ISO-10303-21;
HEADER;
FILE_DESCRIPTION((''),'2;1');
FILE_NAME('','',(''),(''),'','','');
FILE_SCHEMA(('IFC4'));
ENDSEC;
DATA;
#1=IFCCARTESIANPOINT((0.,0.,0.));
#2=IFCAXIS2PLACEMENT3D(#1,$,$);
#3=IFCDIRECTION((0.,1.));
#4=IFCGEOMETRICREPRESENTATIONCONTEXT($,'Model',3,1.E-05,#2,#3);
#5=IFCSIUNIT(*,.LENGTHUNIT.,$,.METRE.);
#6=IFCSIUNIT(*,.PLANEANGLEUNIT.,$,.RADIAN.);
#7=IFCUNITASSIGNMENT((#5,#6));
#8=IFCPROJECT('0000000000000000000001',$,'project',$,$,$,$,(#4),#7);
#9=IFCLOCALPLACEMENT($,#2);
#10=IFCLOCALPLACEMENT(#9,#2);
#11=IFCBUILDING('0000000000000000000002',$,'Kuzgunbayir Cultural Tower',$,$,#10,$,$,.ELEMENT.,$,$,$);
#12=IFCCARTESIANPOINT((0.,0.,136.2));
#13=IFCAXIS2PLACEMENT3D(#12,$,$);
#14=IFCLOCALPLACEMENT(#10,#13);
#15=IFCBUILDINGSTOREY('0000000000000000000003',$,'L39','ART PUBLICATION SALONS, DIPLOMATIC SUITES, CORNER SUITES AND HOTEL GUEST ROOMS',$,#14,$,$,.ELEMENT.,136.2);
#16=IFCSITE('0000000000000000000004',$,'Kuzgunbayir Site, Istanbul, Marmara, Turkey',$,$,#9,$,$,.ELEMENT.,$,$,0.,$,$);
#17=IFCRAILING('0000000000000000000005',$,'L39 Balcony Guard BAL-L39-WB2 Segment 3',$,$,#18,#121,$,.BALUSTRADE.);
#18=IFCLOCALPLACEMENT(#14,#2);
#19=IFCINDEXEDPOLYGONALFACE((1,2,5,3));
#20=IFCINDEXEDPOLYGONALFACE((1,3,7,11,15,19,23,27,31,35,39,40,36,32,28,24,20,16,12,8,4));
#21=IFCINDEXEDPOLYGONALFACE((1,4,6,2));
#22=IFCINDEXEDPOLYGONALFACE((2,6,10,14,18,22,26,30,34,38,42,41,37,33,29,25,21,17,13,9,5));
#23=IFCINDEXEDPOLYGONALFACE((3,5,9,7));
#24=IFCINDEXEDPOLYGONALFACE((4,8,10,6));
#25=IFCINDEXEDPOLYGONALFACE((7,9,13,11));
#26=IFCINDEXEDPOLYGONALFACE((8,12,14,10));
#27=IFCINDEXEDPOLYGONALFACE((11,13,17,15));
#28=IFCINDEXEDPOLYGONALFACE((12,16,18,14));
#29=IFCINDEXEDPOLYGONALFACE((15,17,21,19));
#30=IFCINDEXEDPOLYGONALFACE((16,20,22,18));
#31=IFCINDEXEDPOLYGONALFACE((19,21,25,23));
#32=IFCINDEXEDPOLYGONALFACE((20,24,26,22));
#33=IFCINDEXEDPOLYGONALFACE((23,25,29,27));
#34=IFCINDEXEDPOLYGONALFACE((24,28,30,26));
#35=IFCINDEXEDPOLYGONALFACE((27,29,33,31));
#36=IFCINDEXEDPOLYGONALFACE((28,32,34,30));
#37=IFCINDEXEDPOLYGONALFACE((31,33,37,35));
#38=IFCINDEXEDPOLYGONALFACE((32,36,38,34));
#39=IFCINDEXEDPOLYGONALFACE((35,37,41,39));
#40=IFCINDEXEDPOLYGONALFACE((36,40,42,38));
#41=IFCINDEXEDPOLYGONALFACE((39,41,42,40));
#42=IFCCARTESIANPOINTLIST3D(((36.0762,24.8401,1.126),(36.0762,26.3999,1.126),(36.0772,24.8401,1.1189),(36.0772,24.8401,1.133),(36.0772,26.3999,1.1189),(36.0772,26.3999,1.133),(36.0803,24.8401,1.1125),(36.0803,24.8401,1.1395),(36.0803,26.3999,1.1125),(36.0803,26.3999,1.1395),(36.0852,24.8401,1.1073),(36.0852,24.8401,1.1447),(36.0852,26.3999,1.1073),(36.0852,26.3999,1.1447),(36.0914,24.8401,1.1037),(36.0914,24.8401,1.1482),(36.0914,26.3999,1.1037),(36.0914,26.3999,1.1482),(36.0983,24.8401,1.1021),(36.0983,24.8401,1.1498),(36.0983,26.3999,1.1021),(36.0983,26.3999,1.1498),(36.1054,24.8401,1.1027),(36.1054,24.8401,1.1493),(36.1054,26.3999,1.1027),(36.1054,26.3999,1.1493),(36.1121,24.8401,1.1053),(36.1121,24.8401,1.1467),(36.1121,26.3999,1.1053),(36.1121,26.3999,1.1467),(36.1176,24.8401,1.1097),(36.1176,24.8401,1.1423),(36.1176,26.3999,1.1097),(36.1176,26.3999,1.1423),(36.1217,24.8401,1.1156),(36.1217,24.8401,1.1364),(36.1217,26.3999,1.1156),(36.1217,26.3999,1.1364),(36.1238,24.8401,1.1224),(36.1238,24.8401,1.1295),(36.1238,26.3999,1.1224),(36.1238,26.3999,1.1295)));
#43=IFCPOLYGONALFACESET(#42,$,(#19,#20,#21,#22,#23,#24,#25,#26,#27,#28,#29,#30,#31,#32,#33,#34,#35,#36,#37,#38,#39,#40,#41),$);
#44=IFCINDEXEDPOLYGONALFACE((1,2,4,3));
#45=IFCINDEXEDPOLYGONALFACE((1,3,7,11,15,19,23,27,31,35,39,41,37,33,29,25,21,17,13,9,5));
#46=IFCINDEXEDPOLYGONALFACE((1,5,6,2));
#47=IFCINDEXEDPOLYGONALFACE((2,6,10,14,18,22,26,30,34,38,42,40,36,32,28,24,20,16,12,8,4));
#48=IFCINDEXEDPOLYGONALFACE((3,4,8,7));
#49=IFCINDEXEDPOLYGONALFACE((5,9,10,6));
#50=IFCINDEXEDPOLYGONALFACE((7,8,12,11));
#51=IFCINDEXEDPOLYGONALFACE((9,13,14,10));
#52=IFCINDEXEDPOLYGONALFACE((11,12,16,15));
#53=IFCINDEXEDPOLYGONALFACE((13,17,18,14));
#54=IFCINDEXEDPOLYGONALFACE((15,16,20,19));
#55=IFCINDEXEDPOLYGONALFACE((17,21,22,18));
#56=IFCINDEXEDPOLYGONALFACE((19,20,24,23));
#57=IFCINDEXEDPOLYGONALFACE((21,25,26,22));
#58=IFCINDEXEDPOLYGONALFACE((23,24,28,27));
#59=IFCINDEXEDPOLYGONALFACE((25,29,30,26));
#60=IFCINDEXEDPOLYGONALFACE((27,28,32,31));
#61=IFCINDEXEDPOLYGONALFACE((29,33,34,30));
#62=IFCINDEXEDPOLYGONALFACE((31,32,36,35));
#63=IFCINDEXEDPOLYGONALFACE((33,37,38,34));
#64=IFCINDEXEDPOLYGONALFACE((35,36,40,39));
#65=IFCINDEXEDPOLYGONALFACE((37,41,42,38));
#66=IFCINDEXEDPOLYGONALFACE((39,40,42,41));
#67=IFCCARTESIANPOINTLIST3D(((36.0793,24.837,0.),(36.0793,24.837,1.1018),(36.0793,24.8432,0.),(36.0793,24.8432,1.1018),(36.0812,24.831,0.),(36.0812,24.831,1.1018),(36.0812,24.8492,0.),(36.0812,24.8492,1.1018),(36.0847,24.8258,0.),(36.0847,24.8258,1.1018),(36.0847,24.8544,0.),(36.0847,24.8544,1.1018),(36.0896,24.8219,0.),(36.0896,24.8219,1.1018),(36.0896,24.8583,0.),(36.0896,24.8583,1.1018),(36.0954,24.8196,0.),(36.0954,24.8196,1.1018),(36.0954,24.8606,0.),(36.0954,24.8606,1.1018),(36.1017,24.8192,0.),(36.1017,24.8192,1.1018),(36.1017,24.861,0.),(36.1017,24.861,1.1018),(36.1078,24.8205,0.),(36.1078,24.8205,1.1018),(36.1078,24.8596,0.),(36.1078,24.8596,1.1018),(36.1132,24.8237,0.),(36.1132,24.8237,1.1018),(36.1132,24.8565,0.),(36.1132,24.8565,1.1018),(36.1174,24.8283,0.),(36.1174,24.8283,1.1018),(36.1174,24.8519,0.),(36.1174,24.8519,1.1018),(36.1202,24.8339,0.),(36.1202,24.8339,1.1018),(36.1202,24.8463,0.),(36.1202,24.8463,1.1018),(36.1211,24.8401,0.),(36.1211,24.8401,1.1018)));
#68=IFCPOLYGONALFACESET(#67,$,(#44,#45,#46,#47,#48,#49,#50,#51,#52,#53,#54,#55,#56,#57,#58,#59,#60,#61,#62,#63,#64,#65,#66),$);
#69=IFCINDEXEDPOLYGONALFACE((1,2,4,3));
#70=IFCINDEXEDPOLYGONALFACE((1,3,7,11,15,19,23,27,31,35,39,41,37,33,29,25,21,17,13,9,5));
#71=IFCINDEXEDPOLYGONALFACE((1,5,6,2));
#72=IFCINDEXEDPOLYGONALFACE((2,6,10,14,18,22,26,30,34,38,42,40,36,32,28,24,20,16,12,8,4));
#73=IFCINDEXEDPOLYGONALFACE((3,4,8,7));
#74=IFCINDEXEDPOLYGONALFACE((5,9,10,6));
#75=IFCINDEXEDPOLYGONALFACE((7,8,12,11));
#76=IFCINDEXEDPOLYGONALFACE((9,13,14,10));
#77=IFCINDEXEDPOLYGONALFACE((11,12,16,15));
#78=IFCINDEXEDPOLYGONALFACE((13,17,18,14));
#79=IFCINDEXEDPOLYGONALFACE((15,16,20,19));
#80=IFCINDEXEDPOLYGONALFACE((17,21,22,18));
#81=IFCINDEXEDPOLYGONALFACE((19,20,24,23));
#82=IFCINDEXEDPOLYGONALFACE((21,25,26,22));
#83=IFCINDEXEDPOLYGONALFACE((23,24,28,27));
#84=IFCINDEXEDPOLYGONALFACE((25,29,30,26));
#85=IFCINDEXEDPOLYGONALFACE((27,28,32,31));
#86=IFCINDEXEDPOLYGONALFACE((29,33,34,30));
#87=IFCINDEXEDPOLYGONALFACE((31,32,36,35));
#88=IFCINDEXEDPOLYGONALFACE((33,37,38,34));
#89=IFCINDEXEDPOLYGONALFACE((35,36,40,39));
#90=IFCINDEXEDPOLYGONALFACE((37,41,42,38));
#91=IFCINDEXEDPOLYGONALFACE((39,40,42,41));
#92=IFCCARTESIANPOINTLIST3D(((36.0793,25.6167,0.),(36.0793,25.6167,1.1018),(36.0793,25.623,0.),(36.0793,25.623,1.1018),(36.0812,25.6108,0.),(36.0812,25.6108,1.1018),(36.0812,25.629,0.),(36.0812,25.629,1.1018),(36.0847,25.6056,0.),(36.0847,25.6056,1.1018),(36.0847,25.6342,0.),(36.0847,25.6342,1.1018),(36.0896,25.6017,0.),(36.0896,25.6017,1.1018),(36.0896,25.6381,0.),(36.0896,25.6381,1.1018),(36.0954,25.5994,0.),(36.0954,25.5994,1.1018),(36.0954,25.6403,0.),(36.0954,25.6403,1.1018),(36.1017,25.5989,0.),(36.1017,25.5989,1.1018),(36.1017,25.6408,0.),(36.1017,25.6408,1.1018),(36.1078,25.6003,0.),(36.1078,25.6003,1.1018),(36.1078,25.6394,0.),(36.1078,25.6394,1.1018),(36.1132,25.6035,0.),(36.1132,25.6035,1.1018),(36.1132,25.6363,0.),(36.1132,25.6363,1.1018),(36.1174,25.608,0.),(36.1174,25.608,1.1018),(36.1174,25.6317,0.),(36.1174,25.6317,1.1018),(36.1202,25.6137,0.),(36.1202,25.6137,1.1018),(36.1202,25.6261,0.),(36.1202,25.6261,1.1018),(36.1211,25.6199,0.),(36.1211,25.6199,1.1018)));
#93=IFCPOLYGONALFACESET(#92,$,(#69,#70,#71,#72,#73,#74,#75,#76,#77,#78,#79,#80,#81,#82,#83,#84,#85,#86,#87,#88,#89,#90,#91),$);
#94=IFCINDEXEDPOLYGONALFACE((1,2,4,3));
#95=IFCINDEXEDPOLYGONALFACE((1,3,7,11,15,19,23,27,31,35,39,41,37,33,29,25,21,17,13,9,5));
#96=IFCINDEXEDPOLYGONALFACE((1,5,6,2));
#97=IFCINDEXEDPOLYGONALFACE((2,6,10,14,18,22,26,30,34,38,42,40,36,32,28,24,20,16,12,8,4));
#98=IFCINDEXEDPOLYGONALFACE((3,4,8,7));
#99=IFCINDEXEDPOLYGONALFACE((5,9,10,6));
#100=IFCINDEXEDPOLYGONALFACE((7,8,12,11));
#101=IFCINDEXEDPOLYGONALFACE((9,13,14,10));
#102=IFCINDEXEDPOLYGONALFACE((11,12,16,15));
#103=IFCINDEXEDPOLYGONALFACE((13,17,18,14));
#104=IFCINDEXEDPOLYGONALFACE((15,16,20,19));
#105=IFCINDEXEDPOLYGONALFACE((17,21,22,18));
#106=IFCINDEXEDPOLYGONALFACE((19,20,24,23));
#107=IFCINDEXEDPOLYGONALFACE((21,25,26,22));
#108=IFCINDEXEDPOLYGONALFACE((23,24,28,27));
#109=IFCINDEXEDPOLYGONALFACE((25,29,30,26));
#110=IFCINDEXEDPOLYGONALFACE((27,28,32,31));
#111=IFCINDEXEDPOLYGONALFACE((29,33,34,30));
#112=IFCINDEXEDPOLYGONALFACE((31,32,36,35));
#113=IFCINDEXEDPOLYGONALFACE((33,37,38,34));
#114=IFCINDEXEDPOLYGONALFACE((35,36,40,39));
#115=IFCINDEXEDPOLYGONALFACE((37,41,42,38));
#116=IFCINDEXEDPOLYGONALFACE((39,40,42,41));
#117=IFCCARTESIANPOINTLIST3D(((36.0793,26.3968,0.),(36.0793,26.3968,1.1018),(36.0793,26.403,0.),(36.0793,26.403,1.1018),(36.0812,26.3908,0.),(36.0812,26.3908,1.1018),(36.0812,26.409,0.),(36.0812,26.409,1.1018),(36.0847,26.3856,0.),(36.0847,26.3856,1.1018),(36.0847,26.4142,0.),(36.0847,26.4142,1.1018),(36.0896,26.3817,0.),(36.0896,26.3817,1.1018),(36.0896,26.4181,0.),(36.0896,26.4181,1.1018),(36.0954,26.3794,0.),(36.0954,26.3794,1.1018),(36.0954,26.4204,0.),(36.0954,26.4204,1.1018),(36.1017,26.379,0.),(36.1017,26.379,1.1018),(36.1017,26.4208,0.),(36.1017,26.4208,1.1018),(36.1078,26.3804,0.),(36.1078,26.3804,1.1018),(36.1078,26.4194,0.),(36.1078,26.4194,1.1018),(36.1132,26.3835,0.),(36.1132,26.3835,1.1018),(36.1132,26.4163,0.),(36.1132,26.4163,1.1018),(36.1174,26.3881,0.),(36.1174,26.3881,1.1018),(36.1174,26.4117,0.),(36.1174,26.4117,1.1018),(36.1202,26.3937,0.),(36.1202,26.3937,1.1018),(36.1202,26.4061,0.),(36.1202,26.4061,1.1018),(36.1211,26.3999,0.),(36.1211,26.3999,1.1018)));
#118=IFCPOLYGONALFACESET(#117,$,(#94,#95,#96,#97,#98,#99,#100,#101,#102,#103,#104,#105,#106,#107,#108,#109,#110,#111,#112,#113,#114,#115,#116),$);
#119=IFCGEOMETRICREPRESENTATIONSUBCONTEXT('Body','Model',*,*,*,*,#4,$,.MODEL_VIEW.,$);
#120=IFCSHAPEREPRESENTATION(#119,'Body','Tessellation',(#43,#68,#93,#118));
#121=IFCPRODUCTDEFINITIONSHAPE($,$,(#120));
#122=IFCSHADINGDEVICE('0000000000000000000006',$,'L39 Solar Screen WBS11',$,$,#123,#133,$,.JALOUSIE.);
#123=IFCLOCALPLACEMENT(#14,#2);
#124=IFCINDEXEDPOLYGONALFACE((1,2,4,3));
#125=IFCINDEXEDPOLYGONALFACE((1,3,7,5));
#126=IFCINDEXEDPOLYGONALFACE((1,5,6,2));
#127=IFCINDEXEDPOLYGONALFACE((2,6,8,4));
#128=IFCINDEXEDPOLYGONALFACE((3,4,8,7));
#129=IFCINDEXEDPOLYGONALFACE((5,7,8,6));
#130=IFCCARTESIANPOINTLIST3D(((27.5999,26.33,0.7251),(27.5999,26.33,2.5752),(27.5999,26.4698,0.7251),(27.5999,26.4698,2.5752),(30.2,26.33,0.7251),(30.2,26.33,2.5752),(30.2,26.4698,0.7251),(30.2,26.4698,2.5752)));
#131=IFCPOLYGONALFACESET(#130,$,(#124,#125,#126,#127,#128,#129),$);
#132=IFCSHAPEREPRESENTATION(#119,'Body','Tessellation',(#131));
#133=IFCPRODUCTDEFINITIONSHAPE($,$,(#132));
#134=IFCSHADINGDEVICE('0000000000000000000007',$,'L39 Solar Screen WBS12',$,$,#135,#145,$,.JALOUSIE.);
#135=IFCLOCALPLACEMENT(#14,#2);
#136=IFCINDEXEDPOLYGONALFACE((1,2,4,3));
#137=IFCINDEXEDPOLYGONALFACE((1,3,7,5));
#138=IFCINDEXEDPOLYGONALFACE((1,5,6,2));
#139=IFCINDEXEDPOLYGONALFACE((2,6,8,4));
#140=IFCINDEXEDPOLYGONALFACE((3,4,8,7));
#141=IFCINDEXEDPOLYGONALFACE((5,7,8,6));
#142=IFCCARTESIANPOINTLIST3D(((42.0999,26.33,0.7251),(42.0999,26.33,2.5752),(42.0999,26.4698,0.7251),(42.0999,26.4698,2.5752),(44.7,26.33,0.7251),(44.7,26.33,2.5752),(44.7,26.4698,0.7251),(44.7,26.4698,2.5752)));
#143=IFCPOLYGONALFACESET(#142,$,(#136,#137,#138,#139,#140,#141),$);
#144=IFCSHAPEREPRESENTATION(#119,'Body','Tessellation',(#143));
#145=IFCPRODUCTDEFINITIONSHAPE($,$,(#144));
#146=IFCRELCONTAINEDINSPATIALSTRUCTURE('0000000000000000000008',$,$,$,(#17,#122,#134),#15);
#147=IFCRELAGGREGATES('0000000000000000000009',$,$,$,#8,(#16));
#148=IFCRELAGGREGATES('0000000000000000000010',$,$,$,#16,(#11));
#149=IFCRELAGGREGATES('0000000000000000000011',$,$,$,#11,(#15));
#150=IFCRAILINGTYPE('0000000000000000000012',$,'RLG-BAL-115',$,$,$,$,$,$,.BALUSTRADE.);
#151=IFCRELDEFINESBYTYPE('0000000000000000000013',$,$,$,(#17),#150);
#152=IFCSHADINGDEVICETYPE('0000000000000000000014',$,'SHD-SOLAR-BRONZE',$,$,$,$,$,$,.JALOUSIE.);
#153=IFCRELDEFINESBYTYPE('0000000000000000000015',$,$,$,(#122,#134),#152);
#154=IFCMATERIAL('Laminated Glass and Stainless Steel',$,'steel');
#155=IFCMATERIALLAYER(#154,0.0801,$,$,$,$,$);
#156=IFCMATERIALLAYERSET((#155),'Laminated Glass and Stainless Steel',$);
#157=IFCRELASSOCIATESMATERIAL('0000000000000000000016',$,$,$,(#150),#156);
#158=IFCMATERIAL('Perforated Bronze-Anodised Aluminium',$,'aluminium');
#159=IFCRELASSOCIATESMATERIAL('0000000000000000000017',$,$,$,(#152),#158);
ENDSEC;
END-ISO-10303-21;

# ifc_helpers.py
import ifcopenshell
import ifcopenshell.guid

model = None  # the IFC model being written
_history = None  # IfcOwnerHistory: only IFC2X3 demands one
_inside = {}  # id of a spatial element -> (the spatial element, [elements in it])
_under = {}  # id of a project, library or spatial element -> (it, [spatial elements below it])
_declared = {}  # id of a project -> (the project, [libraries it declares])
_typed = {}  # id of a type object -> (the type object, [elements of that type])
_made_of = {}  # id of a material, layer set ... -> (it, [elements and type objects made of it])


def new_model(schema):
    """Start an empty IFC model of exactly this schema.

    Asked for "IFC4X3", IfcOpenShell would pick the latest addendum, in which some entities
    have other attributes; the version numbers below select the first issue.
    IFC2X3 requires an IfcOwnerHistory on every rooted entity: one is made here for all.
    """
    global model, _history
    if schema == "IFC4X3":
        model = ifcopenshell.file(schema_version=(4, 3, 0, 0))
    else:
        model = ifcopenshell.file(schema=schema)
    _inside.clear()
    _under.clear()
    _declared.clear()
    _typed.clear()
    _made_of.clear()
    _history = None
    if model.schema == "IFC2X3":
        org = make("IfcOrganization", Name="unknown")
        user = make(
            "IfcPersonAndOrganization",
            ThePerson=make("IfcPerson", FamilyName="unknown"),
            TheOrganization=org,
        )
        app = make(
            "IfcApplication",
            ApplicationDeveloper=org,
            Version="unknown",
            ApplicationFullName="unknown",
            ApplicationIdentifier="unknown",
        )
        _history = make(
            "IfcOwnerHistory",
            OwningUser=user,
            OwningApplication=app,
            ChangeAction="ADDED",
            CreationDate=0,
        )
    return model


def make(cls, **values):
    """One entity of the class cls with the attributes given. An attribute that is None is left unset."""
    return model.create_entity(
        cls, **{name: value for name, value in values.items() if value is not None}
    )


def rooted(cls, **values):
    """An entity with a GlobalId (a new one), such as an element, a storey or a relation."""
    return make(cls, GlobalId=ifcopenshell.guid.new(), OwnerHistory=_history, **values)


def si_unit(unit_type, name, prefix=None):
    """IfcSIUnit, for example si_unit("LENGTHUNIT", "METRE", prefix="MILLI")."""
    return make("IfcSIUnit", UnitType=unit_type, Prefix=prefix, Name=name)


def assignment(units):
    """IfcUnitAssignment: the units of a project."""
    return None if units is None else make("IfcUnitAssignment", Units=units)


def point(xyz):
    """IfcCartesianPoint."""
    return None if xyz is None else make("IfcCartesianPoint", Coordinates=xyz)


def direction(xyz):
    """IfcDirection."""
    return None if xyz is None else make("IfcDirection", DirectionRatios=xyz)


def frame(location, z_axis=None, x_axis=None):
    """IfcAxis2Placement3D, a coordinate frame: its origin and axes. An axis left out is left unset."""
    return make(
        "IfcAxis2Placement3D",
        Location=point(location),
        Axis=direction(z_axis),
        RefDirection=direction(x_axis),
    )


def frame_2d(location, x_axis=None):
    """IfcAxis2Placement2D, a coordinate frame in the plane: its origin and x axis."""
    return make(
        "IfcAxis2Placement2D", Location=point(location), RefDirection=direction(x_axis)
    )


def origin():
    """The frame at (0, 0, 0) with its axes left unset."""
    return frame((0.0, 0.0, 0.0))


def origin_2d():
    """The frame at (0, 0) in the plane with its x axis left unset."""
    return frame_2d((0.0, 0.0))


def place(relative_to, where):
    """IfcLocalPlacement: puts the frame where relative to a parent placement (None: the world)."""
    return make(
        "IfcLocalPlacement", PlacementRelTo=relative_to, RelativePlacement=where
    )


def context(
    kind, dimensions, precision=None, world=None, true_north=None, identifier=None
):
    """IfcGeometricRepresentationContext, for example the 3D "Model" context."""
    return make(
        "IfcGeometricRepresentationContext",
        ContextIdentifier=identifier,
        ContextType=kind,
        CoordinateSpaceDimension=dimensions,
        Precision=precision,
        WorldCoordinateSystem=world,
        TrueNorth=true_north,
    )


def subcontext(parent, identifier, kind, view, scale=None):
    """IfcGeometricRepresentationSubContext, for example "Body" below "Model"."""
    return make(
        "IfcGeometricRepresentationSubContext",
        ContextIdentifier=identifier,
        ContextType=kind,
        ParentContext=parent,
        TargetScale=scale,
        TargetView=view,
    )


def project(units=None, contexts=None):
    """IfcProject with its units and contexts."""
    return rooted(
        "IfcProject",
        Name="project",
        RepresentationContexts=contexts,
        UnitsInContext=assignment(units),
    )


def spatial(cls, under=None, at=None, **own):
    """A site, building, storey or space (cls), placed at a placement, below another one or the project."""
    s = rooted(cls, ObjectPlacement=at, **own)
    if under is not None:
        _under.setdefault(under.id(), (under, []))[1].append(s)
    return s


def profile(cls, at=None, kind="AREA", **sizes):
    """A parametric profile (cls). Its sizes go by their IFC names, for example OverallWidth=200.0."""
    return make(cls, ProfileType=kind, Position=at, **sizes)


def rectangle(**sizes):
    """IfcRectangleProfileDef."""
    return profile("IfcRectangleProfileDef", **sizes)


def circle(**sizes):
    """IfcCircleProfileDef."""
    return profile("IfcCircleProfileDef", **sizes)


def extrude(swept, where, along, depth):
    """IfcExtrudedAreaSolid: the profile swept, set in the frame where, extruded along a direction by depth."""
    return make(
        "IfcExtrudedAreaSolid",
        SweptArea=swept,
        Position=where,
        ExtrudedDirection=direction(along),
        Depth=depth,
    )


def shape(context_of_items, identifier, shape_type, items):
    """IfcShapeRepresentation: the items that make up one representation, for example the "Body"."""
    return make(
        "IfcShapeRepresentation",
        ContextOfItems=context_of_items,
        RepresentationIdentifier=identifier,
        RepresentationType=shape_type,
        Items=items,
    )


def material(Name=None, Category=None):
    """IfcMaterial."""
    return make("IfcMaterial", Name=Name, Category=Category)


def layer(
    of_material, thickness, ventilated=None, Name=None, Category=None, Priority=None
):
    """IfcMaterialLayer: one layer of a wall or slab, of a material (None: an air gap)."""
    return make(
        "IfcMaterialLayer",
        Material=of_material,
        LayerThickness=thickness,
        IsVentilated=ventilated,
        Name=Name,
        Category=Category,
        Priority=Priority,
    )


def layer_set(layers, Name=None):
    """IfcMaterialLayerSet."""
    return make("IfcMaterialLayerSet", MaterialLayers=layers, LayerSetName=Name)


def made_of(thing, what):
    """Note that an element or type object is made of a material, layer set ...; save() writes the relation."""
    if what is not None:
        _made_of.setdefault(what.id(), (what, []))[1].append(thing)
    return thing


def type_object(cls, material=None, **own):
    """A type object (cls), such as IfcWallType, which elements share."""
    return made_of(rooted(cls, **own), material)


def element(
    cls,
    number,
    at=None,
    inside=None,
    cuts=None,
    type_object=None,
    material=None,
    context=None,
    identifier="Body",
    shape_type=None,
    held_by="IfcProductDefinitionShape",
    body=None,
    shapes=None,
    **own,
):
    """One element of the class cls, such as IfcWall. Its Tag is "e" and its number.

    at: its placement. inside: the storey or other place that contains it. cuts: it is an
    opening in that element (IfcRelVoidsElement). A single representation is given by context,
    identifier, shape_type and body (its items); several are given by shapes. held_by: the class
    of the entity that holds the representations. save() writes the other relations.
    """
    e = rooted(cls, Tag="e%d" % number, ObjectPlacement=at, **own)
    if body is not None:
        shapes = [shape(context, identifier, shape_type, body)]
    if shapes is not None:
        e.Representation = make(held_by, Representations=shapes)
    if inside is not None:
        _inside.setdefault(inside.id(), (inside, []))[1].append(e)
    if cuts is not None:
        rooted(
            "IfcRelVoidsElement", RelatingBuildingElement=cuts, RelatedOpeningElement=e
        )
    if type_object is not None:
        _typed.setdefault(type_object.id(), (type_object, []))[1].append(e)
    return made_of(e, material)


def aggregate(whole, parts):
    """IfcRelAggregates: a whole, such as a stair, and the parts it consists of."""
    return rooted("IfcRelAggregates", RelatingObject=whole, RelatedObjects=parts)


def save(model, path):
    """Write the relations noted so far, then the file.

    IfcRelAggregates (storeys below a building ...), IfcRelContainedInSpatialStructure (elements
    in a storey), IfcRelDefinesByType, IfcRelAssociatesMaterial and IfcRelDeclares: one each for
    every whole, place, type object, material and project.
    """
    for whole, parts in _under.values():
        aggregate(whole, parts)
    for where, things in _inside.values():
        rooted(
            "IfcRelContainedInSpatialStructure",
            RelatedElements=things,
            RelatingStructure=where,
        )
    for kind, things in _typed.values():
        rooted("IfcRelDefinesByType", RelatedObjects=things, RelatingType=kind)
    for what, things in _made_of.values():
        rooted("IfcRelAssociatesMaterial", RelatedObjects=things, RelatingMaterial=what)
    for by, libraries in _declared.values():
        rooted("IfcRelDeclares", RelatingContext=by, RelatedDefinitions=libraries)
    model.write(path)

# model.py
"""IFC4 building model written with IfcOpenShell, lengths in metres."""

from ifc_helpers import new_model, si_unit, direction, frame, origin, origin_2d, place, context, subcontext, project, spatial, rectangle, circle, extrude, material, layer, layer_set, type_object, element, save


model = new_model("IFC4")

# Units and contexts
model_context = context("Model", 3, precision=1e-05, world=origin(), true_north=direction((0.0, 1.0)))
body_context = subcontext(model_context, "Body", "Model", "MODEL_VIEW")
ifc_project = project(units=[si_unit("LENGTHUNIT", "METRE"), si_unit("PLANEANGLEUNIT", "RADIAN")], contexts=[model_context])

# Site, building, storey
site_placement = place(None, origin())
site = spatial("IfcSite", under=ifc_project, at=site_placement, Name="Kuzgunbayir Site, Istanbul, Marmara, Turkey", CompositionType="ELEMENT", RefElevation=0.0)
building_placement = place(site_placement, origin())
building = spatial("IfcBuilding", under=site, at=building_placement, Name="Kuzgunbayir Cultural Tower", CompositionType="ELEMENT")
storey_placement = place(building_placement, frame((0.0, 0.0, 136.2)))
storey = spatial("IfcBuildingStorey", under=building, at=storey_placement, Name="L39", Description="ART PUBLICATION SALONS, DIPLOMATIC SUITES, CORNER SUITES AND HOTEL GUEST ROOMS", CompositionType="ELEMENT", Elevation=136.2)

# Railing
ifc_material_1 = material(Name="Laminated Glass and Stainless Steel", Category="steel")
ifc_layer_1 = layer(ifc_material_1, 0.0801)
ifc_layer_set_1 = layer_set([ifc_layer_1], Name="Laminated Glass and Stainless Steel")
railing_type = type_object("IfcRailingType", Name="RLG-BAL-115", PredefinedType="BALUSTRADE", material=ifc_layer_set_1)
railing_1_placement = place(storey_placement, frame((36.1001, 24.8401, 0.0)))
element("IfcRailing", 1, at=railing_1_placement, inside=storey, type_object=railing_type, Name="L39 Balcony Guard BAL-L39-WB2 Segment 3", PredefinedType="BALUSTRADE", context=body_context, shape_type="SweptSolid", body=[
    extrude(circle(Radius=0.0239, at=origin_2d()), frame((0.0, 0.0, 1.126), z_axis=(0.0, 1.0, 0.0), x_axis=(-1.0, 0.0, 0.0)), (0.0, 0.0, 1.0), 1.5598),
    extrude(circle(Radius=0.021, at=origin_2d()), origin(), (0.0, 0.0, 1.0), 1.1018),
    extrude(circle(Radius=0.021, at=origin_2d()), frame((0.0, 0.7798, 0.0)), (0.0, 0.0, 1.0), 1.1018),
    extrude(circle(Radius=0.021, at=origin_2d()), frame((0.0, 1.5598, 0.0)), (0.0, 0.0, 1.0), 1.1018),
])

# Shading devices
ifc_material_2 = material(Name="Perforated Bronze-Anodised Aluminium", Category="aluminium")
shading_device_type = type_object("IfcShadingDeviceType", Name="SHD-SOLAR-BRONZE", PredefinedType="JALOUSIE", material=ifc_material_2)
for number, where, z_axis, x_axis, name in (
    (2, (28.8999, 26.3999, 0.7251), (0.0, 0.0, 1.0), (1.0, 0.0, 0.0), "L39 Solar Screen WBS11"),
    (3, (43.3999, 26.3999, 0.7251), (0.0, 0.0, 1.0), (1.0, 0.0, 0.0), "L39 Solar Screen WBS12"),
):
    element("IfcShadingDevice", number, at=place(storey_placement, frame(where, z_axis=z_axis, x_axis=x_axis)), inside=storey, type_object=shading_device_type, Name=name, PredefinedType="JALOUSIE", context=body_context, shape_type="SweptSolid", body=[
        extrude(rectangle(XDim=2.6001, YDim=0.1399, at=origin_2d()), origin(), (0.0, 0.0, 1.0), 1.8501),
    ])

save(model, "model.ifc")
